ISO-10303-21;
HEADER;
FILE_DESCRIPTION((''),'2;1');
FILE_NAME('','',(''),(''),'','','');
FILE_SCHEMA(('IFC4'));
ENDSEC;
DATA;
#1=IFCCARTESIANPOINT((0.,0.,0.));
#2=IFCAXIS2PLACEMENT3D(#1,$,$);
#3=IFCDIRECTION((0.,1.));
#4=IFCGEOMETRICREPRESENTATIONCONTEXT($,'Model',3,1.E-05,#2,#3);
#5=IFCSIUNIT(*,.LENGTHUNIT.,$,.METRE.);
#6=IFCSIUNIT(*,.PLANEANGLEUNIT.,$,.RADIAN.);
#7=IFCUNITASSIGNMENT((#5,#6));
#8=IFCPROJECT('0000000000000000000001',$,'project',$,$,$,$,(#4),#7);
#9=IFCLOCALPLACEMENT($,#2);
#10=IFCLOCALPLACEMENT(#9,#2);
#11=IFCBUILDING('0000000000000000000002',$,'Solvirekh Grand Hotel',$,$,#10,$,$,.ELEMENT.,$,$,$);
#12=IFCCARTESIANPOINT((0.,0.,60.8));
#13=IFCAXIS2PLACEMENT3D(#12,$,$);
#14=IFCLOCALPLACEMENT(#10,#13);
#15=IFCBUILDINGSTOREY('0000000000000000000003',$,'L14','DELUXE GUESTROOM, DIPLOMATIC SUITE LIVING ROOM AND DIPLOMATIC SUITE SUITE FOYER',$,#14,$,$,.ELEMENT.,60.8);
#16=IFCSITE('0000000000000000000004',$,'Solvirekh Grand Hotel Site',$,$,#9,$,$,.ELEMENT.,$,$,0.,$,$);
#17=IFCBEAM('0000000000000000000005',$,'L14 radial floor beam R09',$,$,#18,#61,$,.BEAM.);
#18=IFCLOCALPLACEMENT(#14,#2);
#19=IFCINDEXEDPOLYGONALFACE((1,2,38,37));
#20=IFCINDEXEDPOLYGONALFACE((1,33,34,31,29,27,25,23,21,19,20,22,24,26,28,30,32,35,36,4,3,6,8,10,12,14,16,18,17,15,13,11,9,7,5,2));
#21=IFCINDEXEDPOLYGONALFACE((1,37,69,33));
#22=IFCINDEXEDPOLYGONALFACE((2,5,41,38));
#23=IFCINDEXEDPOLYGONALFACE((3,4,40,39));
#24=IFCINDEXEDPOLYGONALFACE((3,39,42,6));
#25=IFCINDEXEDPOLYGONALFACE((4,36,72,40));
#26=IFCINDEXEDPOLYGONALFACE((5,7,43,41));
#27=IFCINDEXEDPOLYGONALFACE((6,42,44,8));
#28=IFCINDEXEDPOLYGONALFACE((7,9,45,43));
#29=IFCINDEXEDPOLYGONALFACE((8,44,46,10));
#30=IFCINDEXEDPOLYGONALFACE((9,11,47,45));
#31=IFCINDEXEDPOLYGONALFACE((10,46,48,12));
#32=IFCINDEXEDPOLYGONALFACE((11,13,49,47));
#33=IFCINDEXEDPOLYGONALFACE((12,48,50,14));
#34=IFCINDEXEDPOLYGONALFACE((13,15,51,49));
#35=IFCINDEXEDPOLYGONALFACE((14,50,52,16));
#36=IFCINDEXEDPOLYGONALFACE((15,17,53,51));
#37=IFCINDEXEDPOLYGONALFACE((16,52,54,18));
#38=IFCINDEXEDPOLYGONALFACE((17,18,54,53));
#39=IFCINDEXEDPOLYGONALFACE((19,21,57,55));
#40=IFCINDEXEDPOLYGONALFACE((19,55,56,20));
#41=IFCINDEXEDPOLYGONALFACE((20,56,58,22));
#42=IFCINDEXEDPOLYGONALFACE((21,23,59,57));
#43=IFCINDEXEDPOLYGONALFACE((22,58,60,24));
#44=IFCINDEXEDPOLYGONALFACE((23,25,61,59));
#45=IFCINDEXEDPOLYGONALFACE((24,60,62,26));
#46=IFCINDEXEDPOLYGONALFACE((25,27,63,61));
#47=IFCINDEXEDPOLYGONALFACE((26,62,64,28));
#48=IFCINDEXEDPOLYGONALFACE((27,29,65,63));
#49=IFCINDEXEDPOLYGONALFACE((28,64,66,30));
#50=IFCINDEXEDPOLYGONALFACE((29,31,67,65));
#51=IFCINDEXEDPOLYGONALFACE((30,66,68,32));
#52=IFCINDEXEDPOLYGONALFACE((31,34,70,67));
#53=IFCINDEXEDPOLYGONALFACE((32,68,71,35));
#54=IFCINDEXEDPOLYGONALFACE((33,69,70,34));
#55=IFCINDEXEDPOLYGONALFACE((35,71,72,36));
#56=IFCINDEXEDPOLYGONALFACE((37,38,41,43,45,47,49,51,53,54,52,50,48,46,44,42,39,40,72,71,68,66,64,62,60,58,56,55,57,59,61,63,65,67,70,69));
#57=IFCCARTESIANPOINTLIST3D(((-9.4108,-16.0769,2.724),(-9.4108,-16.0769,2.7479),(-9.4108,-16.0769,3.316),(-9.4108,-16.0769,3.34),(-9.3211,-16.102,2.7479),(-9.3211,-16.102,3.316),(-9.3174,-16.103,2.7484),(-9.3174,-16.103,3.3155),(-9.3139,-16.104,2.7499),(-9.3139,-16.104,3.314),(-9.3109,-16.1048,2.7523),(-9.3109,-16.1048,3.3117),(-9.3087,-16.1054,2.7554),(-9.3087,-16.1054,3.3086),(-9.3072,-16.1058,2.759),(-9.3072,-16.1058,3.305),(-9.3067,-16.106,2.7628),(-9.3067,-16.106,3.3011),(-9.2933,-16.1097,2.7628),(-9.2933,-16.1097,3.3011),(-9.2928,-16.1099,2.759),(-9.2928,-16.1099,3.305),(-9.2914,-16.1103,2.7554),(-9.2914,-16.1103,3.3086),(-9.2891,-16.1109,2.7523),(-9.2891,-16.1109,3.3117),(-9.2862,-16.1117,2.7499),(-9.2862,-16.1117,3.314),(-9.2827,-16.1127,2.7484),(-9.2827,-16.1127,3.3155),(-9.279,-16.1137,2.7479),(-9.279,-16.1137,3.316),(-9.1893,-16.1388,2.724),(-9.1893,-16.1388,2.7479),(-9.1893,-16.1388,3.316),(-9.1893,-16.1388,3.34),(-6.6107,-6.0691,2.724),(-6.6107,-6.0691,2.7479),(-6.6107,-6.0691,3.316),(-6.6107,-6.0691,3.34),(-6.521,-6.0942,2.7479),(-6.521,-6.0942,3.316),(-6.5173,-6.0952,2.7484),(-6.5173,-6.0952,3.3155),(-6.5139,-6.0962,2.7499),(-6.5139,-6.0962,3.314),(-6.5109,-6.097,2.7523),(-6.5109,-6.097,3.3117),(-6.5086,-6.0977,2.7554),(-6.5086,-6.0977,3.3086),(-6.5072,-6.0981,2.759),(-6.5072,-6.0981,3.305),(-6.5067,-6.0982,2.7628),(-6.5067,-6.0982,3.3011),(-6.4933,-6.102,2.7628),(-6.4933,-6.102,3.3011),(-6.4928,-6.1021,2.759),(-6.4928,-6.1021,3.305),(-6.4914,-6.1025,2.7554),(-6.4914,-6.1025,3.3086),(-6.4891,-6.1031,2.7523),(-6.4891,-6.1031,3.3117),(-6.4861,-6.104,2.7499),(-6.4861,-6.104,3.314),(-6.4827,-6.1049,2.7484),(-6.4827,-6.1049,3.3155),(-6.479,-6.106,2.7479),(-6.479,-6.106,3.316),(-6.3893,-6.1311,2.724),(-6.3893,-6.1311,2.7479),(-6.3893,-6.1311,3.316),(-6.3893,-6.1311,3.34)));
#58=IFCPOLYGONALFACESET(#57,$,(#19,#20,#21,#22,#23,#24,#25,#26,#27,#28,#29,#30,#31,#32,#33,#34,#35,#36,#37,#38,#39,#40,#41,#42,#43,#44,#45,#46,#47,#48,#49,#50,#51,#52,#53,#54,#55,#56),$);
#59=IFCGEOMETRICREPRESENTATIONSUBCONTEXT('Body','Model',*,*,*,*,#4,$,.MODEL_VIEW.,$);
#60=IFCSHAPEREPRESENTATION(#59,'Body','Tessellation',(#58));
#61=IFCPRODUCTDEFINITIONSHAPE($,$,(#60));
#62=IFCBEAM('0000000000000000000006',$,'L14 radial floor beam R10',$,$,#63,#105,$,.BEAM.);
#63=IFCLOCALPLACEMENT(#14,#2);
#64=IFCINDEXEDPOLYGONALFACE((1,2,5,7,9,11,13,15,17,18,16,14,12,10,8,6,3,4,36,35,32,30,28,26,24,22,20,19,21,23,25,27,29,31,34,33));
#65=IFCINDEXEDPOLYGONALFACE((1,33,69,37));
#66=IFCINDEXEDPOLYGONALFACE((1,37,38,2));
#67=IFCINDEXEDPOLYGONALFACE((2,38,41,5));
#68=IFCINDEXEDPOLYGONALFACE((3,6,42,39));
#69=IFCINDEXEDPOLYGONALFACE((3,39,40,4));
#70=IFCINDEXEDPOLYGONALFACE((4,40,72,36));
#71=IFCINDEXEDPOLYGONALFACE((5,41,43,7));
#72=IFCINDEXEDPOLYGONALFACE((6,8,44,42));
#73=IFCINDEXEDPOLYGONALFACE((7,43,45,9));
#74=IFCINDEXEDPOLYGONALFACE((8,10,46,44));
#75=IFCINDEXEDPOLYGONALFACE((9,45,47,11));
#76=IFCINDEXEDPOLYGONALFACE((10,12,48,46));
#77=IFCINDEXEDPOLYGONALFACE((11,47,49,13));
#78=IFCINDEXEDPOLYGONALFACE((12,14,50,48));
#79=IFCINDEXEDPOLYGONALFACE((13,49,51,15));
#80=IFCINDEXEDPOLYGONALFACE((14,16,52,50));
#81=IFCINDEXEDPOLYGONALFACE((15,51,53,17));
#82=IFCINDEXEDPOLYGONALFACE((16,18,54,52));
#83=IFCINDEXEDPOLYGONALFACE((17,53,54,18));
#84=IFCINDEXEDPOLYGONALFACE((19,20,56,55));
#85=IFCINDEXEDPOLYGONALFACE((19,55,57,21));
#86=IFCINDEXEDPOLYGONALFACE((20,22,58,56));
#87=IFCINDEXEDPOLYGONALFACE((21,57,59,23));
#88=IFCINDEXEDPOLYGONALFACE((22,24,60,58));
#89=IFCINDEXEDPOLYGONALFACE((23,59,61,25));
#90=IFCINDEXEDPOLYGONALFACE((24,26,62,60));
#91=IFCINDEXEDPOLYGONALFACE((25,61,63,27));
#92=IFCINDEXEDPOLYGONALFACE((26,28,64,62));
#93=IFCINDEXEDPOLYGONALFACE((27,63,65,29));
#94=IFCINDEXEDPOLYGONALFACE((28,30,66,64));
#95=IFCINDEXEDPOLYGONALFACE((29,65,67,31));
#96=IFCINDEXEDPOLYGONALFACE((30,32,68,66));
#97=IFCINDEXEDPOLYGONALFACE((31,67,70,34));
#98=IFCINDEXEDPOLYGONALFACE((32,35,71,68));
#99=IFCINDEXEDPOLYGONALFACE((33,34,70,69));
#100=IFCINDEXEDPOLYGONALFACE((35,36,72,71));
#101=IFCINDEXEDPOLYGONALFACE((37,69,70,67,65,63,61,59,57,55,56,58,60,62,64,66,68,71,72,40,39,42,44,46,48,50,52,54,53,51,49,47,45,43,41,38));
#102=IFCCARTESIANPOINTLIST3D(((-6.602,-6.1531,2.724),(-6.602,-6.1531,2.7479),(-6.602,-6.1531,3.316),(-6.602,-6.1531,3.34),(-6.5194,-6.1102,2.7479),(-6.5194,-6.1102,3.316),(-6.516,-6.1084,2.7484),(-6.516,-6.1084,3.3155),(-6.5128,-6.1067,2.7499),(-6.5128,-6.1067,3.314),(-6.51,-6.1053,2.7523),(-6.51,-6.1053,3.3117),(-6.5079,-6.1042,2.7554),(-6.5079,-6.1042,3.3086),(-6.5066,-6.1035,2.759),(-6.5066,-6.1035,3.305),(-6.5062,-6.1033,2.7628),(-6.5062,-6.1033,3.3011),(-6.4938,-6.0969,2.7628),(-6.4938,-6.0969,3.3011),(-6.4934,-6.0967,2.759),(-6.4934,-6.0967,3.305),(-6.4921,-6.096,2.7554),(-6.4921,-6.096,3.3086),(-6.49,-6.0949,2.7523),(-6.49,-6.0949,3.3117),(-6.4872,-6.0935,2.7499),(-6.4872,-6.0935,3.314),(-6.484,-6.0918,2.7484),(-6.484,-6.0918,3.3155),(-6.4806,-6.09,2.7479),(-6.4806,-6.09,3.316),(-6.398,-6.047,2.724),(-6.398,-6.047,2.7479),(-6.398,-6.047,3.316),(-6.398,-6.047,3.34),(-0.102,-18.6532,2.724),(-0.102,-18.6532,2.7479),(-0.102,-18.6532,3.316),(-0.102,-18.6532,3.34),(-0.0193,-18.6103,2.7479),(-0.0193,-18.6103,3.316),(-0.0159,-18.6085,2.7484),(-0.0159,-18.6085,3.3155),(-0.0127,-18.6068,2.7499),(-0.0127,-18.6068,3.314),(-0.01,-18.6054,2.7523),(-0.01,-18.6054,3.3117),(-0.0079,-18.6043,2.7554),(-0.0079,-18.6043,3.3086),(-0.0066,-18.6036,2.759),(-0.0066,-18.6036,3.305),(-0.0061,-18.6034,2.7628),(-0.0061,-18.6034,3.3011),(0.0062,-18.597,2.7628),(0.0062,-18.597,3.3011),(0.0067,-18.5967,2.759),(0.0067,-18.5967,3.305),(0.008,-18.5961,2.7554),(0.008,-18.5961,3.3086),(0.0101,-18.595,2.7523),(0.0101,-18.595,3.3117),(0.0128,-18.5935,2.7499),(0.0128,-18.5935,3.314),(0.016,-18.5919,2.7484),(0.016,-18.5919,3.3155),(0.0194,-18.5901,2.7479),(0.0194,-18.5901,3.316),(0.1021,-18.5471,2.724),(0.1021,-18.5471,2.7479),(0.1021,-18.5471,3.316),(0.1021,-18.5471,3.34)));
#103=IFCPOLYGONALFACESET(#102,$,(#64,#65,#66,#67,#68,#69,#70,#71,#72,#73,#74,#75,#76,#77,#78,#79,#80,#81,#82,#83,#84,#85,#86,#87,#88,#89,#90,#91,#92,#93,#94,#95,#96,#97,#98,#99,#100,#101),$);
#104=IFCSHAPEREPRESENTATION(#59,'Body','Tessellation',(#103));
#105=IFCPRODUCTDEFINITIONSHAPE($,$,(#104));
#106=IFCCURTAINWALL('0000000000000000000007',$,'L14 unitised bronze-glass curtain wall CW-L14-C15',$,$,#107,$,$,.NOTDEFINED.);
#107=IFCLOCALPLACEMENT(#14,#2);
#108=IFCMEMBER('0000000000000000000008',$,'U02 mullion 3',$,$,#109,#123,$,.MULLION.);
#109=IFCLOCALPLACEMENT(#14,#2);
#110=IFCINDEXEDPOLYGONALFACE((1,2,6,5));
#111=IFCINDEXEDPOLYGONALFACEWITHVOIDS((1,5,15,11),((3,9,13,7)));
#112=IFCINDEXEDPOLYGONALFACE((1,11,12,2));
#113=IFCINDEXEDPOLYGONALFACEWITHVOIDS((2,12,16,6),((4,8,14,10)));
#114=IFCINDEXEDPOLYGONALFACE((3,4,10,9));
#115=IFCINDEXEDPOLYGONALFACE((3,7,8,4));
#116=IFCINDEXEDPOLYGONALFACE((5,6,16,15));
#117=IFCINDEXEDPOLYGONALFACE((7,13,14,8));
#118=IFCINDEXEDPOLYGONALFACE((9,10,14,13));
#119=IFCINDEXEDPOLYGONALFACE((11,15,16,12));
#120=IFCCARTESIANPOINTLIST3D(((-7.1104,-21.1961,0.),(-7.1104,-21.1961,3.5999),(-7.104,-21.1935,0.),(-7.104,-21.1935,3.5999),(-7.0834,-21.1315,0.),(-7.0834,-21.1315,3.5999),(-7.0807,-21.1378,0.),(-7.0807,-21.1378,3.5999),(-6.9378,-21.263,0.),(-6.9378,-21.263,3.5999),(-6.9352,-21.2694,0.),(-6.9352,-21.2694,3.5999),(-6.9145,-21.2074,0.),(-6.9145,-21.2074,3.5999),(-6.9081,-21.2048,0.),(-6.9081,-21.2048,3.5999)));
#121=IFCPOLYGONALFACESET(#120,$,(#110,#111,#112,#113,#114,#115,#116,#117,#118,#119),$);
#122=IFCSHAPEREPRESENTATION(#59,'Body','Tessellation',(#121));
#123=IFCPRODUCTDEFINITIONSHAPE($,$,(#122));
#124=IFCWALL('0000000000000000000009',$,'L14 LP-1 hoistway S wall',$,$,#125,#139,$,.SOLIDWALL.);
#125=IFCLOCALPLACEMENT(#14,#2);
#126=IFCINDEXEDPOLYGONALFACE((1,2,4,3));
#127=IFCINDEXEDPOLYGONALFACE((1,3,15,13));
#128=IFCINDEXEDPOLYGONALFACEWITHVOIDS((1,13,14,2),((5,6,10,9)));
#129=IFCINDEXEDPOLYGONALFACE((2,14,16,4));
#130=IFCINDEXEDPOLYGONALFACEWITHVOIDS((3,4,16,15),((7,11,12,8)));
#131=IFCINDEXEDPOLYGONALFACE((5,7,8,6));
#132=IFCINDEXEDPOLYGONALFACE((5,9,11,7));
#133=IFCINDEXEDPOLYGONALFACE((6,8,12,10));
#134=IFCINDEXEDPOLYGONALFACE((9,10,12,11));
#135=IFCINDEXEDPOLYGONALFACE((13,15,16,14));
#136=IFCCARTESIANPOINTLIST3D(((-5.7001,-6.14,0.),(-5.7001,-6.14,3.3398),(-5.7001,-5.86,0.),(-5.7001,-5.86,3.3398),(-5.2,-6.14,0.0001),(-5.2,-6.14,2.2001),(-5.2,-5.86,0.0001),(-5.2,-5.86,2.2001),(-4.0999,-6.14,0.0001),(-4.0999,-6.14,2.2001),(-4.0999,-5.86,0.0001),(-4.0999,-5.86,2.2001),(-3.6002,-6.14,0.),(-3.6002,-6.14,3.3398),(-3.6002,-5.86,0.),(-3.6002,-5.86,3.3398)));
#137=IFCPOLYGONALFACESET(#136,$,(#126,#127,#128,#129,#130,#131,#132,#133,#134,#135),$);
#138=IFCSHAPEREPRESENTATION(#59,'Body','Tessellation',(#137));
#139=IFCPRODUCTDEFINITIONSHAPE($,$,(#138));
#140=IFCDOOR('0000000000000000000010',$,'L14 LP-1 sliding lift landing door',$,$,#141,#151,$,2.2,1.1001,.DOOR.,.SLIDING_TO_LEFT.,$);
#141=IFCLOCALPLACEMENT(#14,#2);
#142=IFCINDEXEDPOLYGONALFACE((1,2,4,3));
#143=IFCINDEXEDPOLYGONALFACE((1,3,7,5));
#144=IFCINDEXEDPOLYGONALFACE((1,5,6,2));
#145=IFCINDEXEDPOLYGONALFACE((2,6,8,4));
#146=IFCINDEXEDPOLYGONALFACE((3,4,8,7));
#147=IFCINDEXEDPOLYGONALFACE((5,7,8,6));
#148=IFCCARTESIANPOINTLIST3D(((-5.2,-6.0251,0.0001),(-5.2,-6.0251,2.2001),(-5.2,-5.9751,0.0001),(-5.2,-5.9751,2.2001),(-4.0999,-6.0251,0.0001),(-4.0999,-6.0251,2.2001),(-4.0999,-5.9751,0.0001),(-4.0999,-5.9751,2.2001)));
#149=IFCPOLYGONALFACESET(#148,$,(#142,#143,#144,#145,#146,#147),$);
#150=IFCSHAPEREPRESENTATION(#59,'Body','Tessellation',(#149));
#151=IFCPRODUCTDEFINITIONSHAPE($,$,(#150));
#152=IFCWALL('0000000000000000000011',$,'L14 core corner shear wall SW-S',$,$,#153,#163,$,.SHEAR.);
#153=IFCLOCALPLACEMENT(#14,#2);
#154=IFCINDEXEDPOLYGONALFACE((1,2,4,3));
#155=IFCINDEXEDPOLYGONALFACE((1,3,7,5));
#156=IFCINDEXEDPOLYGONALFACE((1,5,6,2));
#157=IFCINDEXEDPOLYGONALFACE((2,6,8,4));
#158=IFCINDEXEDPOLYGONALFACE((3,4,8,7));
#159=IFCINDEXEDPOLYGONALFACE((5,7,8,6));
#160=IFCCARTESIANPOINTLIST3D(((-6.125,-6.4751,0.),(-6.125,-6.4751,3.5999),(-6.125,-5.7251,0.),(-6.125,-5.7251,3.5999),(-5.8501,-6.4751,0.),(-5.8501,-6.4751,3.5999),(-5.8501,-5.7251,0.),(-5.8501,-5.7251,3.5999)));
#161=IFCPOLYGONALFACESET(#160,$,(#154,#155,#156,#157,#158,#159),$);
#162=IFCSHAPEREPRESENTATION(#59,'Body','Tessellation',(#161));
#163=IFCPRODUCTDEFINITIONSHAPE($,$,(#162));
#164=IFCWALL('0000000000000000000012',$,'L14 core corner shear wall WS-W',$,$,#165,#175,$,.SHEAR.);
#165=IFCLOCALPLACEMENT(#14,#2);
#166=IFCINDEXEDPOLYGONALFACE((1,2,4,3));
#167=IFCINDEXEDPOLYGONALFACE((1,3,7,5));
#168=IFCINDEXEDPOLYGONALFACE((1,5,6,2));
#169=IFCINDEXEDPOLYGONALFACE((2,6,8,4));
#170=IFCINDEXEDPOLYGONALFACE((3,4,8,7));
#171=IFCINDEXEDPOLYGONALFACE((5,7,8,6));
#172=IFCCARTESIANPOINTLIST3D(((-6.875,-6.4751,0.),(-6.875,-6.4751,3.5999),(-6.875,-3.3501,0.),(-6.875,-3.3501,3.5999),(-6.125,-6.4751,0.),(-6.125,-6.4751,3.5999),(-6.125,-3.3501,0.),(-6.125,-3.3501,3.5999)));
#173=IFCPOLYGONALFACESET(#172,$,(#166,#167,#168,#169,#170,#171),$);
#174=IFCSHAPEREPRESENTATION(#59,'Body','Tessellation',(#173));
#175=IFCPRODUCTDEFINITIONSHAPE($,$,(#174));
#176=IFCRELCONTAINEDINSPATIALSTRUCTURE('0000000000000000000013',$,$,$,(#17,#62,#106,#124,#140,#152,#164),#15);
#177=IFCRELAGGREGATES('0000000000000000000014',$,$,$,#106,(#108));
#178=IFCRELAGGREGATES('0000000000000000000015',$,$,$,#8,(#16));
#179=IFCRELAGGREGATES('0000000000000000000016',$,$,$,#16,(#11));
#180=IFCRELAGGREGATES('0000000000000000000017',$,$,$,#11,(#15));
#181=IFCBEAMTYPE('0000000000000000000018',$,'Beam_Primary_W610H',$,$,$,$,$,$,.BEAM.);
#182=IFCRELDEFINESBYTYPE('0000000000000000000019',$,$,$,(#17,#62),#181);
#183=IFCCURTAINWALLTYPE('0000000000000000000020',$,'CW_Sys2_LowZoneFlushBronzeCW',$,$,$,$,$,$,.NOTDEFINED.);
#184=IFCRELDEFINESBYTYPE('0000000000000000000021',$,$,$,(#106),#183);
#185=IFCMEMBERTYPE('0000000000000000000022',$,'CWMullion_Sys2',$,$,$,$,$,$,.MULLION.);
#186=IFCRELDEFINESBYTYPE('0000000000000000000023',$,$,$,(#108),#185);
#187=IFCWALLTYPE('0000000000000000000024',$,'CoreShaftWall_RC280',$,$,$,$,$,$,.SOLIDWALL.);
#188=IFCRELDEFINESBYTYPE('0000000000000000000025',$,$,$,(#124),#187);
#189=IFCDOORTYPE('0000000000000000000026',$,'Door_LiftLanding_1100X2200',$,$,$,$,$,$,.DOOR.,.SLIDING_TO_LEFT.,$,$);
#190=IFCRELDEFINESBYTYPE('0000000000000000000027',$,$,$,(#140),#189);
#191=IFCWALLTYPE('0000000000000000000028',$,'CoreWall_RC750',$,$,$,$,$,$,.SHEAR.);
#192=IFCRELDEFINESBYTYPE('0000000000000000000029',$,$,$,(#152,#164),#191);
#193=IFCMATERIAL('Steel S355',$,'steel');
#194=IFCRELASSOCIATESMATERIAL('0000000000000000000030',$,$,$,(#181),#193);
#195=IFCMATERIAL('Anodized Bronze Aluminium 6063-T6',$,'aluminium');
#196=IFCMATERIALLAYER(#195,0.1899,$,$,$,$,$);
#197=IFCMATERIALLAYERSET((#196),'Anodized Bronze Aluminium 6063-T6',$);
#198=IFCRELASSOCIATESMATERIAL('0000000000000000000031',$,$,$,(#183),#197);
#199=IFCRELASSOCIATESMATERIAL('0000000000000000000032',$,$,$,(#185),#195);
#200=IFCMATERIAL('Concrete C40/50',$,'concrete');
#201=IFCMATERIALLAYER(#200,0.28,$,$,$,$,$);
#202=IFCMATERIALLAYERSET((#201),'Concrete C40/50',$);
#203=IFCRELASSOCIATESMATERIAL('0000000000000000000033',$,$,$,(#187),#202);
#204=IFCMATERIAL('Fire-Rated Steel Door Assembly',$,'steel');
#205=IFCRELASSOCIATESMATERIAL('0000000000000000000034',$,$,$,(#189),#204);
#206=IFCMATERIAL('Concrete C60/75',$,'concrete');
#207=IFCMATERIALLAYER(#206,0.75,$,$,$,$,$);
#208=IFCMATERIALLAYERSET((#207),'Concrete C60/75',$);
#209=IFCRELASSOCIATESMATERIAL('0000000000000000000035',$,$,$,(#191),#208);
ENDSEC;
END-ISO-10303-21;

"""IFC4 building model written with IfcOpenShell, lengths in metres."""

from ifc_helpers import new_model, si_unit, direction, frame, frame_2d, origin, origin_2d, place, context, subcontext, project, spatial, rectangle, hollow_rectangle, i_section, extrude, source, transform, mapped, material, layer, layer_set, material_profile, profile_set, type_object, element, fill, aggregate, save


model = new_model("IFC4")

# Units and contexts
model_context = context("Model", 3, precision=1e-05, world=origin(), true_north=direction((0.0, 1.0)))
body_context = subcontext(model_context, "Body", "Model", "MODEL_VIEW")
ifc_project = project(units=[si_unit("LENGTHUNIT", "METRE"), si_unit("PLANEANGLEUNIT", "RADIAN")], contexts=[model_context])

# Site, building, storey
site_placement = place(None, origin())
site = spatial("IfcSite", under=ifc_project, at=site_placement, Name="Solvirekh Grand Hotel Site", CompositionType="ELEMENT", RefElevation=0.0)
building_placement = place(site_placement, origin())
building = spatial("IfcBuilding", under=site, at=building_placement, Name="Solvirekh Grand Hotel", CompositionType="ELEMENT")
storey_placement = place(building_placement, frame((0.0, 0.0, 60.8)))
storey = spatial("IfcBuildingStorey", under=building, at=storey_placement, Name="L14", Description="DELUXE GUESTROOM, DIPLOMATIC SUITE LIVING ROOM AND DIPLOMATIC SUITE SUITE FOYER", CompositionType="ELEMENT", Elevation=60.8)

# Shared definitions
ifc_material_1 = material(Name="Concrete C60/75", Category="concrete")

# Beams
ifc_material_2 = material(Name="Steel S355", Category="steel")
ifc_material_profile_1 = material_profile(ifc_material_2, i_section(OverallWidth=0.23, OverallDepth=0.616, WebThickness=0.0139, FlangeThickness=0.0239, FilletRadius=0.0149, at=origin_2d()), Name="W610X174")
ifc_profile_set_1 = profile_set([ifc_material_profile_1], Name="Steel S355")
beam_type_1 = type_object("IfcBeamType", Name="Beam_Primary_W610H", PredefinedType="BEAM", material=ifc_profile_set_1)
beam_1_placement = place(storey_placement, frame((-6.5, -6.1001, 3.032), z_axis=(-0.269439, -0.963017, 0.0), x_axis=(0.963017, -0.269439, 0.0)))
element("IfcBeam", 1, at=beam_1_placement, inside=storey, type_object=beam_type_1, Name="L14 radial floor beam R09", PredefinedType="BEAM", context=body_context, shape_type="SweptSolid", body=[
    extrude(i_section(OverallWidth=0.23, OverallDepth=0.616, WebThickness=0.0139, FlangeThickness=0.0239, FilletRadius=0.0149, at=origin_2d()), origin(), (0.0, 0.0, 1.0), 10.3921),
])
beam_2_placement = place(storey_placement, frame((-6.5, -6.1001, 3.032), z_axis=(0.461353, -0.887217, 0.0), x_axis=(0.887217, 0.461353, 0.0)))
element("IfcBeam", 2, at=beam_2_placement, inside=storey, type_object=beam_type_1, Name="L14 radial floor beam R10", PredefinedType="BEAM", context=body_context, shape_type="SweptSolid", body=[
    extrude(i_section(OverallWidth=0.23, OverallDepth=0.616, WebThickness=0.0139, FlangeThickness=0.0239, FilletRadius=0.0149, at=origin_2d()), origin(), (0.0, 0.0, 1.0), 14.0891),
])

# Curtain wall, member
ifc_material_3 = material(Name="Anodized Bronze Aluminium 6063-T6", Category="aluminium")
ifc_layer_1 = layer(ifc_material_3, 0.1899)
ifc_layer_set_1 = layer_set([ifc_layer_1], Name="Anodized Bronze Aluminium 6063-T6")
curtain_wall_type = type_object("IfcCurtainWallType", Name="CW_Sys2_LowZoneFlushBronzeCW", PredefinedType="NOTDEFINED", material=ifc_layer_set_1)
curtain_wall_placement = place(storey_placement, origin())
curtain_wall = element("IfcCurtainWall", 3, at=curtain_wall_placement, inside=storey, type_object=curtain_wall_type, Name="L14 unitised bronze-glass curtain wall CW-L14-C15", PredefinedType="NOTDEFINED")
ifc_material_profile_2 = material_profile(ifc_material_3, hollow_rectangle(XDim=0.0701, YDim=0.1899, WallThickness=0.0049, at=origin_2d()), Name="ALU RHS 190X70X5")
ifc_profile_set_2 = profile_set([ifc_material_profile_2], Name="Anodized Bronze Aluminium 6063-T6")
member_type = type_object("IfcMemberType", Name="CWMullion_Sys2", PredefinedType="MULLION", material=ifc_profile_set_2)
shared_shape = source(origin(), body_context, "Body", "SweptSolid", [
    extrude(hollow_rectangle(XDim=0.0701, YDim=0.1899, WallThickness=0.0049, at=origin_2d()), origin(), (0.0, 0.0, 1.0), 3.5999),
])
member_placement = place(storey_placement, frame((-7.0093, -21.2004, 0.0), z_axis=(0.0, 0.0, 1.0), x_axis=(0.386058, 0.922474, 0.0)))
member = element("IfcMember", 4, at=member_placement, type_object=member_type, Name="U02 mullion 3", PredefinedType="MULLION", context=body_context, shape_type="MappedRepresentation", body=[
    mapped(shared_shape, transform((0.0, 0.0, 0.0), x_axis=(1.0, 0.0, 0.0), y_axis=(0.0, 1.0, 0.0), z_axis=(0.0, 0.0, 1.0), scale=1.0)),
])
aggregate(curtain_wall, [member])

# Wall, opening, door
ifc_material_4 = material(Name="Concrete C40/50", Category="concrete")
ifc_layer_2 = layer(ifc_material_4, 0.28)
ifc_layer_set_2 = layer_set([ifc_layer_2], Name="Concrete C40/50")
wall_type_1 = type_object("IfcWallType", Name="CoreShaftWall_RC280", PredefinedType="SOLIDWALL", material=ifc_layer_set_2)
wall_1_placement = place(storey_placement, frame((-5.7, -6.0, 0.0), z_axis=(0.0, 0.0, 1.0), x_axis=(1.0, 0.0, 0.0)))
wall_1 = element("IfcWall", 5, at=wall_1_placement, inside=storey, type_object=wall_type_1, Name="L14 LP-1 hoistway S wall", PredefinedType="SOLIDWALL", context=body_context, shape_type="SweptSolid", body=[
    extrude(rectangle(XDim=2.0999, YDim=0.28, at=frame_2d((1.0498, 0.0))), origin(), (0.0, 0.0, 1.0), 3.3398),
])
opening_1_placement = place(wall_1_placement, frame((0.5, 0.0, 0.0)))
opening_1 = element("IfcOpeningElement", 6, at=opening_1_placement, cuts=wall_1, PredefinedType="OPENING", context=body_context, shape_type="SweptSolid", body=[
    extrude(rectangle(XDim=1.1001, YDim=2.2, at=frame_2d((0.55, 1.1001))), frame((0.0, 0.1499, 0.0), z_axis=(0.0, -1.0, 0.0), x_axis=(1.0, 0.0, 0.0)), (0.0, 0.0, 1.0), 0.3),
])
ifc_material_5 = material(Name="Fire-Rated Steel Door Assembly", Category="steel")
door_type_1 = type_object("IfcDoorType", Name="Door_LiftLanding_1100X2200", OperationType="SLIDING_TO_LEFT", PredefinedType="DOOR", material=ifc_material_5)
door_1_placement = place(opening_1_placement, origin())
door_1 = element("IfcDoor", 7, at=door_1_placement, inside=storey, type_object=door_type_1, Name="L14 LP-1 sliding lift landing door", OperationType="SLIDING_TO_LEFT", OverallHeight=2.2, OverallWidth=1.1001, PredefinedType="DOOR", context=body_context, shape_type="SweptSolid", body=[
    extrude(rectangle(XDim=1.1001, YDim=2.2, at=frame_2d((0.55, 1.1001))), frame((0.0, 0.0249, 0.0), z_axis=(0.0, -1.0, 0.0), x_axis=(1.0, 0.0, 0.0)), (0.0, 0.0, 1.0), 0.05),
])
fill(opening_1, door_1)

# Walls
ifc_layer_3 = layer(ifc_material_1, 0.75)
ifc_layer_set_3 = layer_set([ifc_layer_3], Name="Concrete C60/75")
wall_type_2 = type_object("IfcWallType", Name="CoreWall_RC750", PredefinedType="SHEAR", material=ifc_layer_set_3)
wall_2_placement = place(storey_placement, frame((-6.125, -6.1001, 0.0), z_axis=(0.0, 0.0, 1.0), x_axis=(1.0, 0.0, 0.0)))
element("IfcWall", 8, at=wall_2_placement, inside=storey, type_object=wall_type_2, Name="L14 core corner shear wall SW-S", PredefinedType="SHEAR", context=body_context, shape_type="SweptSolid", body=[
    extrude(rectangle(XDim=0.2749, YDim=0.75, at=frame_2d((0.1375, 0.0))), origin(), (0.0, 0.0, 1.0), 3.5999),
])
wall_3_placement = place(storey_placement, frame((-6.5, -6.4751, 0.0), z_axis=(0.0, 0.0, 1.0), x_axis=(0.0, 1.0, 0.0)))
element("IfcWall", 9, at=wall_3_placement, inside=storey, type_object=wall_type_2, Name="L14 core corner shear wall WS-W", PredefinedType="SHEAR", context=body_context, shape_type="SweptSolid", body=[
    extrude(rectangle(XDim=3.125, YDim=0.75, at=frame_2d((1.5625, 0.0))), origin(), (0.0, 0.0, 1.0), 3.5999),
])

save(model, "model.ifc")
